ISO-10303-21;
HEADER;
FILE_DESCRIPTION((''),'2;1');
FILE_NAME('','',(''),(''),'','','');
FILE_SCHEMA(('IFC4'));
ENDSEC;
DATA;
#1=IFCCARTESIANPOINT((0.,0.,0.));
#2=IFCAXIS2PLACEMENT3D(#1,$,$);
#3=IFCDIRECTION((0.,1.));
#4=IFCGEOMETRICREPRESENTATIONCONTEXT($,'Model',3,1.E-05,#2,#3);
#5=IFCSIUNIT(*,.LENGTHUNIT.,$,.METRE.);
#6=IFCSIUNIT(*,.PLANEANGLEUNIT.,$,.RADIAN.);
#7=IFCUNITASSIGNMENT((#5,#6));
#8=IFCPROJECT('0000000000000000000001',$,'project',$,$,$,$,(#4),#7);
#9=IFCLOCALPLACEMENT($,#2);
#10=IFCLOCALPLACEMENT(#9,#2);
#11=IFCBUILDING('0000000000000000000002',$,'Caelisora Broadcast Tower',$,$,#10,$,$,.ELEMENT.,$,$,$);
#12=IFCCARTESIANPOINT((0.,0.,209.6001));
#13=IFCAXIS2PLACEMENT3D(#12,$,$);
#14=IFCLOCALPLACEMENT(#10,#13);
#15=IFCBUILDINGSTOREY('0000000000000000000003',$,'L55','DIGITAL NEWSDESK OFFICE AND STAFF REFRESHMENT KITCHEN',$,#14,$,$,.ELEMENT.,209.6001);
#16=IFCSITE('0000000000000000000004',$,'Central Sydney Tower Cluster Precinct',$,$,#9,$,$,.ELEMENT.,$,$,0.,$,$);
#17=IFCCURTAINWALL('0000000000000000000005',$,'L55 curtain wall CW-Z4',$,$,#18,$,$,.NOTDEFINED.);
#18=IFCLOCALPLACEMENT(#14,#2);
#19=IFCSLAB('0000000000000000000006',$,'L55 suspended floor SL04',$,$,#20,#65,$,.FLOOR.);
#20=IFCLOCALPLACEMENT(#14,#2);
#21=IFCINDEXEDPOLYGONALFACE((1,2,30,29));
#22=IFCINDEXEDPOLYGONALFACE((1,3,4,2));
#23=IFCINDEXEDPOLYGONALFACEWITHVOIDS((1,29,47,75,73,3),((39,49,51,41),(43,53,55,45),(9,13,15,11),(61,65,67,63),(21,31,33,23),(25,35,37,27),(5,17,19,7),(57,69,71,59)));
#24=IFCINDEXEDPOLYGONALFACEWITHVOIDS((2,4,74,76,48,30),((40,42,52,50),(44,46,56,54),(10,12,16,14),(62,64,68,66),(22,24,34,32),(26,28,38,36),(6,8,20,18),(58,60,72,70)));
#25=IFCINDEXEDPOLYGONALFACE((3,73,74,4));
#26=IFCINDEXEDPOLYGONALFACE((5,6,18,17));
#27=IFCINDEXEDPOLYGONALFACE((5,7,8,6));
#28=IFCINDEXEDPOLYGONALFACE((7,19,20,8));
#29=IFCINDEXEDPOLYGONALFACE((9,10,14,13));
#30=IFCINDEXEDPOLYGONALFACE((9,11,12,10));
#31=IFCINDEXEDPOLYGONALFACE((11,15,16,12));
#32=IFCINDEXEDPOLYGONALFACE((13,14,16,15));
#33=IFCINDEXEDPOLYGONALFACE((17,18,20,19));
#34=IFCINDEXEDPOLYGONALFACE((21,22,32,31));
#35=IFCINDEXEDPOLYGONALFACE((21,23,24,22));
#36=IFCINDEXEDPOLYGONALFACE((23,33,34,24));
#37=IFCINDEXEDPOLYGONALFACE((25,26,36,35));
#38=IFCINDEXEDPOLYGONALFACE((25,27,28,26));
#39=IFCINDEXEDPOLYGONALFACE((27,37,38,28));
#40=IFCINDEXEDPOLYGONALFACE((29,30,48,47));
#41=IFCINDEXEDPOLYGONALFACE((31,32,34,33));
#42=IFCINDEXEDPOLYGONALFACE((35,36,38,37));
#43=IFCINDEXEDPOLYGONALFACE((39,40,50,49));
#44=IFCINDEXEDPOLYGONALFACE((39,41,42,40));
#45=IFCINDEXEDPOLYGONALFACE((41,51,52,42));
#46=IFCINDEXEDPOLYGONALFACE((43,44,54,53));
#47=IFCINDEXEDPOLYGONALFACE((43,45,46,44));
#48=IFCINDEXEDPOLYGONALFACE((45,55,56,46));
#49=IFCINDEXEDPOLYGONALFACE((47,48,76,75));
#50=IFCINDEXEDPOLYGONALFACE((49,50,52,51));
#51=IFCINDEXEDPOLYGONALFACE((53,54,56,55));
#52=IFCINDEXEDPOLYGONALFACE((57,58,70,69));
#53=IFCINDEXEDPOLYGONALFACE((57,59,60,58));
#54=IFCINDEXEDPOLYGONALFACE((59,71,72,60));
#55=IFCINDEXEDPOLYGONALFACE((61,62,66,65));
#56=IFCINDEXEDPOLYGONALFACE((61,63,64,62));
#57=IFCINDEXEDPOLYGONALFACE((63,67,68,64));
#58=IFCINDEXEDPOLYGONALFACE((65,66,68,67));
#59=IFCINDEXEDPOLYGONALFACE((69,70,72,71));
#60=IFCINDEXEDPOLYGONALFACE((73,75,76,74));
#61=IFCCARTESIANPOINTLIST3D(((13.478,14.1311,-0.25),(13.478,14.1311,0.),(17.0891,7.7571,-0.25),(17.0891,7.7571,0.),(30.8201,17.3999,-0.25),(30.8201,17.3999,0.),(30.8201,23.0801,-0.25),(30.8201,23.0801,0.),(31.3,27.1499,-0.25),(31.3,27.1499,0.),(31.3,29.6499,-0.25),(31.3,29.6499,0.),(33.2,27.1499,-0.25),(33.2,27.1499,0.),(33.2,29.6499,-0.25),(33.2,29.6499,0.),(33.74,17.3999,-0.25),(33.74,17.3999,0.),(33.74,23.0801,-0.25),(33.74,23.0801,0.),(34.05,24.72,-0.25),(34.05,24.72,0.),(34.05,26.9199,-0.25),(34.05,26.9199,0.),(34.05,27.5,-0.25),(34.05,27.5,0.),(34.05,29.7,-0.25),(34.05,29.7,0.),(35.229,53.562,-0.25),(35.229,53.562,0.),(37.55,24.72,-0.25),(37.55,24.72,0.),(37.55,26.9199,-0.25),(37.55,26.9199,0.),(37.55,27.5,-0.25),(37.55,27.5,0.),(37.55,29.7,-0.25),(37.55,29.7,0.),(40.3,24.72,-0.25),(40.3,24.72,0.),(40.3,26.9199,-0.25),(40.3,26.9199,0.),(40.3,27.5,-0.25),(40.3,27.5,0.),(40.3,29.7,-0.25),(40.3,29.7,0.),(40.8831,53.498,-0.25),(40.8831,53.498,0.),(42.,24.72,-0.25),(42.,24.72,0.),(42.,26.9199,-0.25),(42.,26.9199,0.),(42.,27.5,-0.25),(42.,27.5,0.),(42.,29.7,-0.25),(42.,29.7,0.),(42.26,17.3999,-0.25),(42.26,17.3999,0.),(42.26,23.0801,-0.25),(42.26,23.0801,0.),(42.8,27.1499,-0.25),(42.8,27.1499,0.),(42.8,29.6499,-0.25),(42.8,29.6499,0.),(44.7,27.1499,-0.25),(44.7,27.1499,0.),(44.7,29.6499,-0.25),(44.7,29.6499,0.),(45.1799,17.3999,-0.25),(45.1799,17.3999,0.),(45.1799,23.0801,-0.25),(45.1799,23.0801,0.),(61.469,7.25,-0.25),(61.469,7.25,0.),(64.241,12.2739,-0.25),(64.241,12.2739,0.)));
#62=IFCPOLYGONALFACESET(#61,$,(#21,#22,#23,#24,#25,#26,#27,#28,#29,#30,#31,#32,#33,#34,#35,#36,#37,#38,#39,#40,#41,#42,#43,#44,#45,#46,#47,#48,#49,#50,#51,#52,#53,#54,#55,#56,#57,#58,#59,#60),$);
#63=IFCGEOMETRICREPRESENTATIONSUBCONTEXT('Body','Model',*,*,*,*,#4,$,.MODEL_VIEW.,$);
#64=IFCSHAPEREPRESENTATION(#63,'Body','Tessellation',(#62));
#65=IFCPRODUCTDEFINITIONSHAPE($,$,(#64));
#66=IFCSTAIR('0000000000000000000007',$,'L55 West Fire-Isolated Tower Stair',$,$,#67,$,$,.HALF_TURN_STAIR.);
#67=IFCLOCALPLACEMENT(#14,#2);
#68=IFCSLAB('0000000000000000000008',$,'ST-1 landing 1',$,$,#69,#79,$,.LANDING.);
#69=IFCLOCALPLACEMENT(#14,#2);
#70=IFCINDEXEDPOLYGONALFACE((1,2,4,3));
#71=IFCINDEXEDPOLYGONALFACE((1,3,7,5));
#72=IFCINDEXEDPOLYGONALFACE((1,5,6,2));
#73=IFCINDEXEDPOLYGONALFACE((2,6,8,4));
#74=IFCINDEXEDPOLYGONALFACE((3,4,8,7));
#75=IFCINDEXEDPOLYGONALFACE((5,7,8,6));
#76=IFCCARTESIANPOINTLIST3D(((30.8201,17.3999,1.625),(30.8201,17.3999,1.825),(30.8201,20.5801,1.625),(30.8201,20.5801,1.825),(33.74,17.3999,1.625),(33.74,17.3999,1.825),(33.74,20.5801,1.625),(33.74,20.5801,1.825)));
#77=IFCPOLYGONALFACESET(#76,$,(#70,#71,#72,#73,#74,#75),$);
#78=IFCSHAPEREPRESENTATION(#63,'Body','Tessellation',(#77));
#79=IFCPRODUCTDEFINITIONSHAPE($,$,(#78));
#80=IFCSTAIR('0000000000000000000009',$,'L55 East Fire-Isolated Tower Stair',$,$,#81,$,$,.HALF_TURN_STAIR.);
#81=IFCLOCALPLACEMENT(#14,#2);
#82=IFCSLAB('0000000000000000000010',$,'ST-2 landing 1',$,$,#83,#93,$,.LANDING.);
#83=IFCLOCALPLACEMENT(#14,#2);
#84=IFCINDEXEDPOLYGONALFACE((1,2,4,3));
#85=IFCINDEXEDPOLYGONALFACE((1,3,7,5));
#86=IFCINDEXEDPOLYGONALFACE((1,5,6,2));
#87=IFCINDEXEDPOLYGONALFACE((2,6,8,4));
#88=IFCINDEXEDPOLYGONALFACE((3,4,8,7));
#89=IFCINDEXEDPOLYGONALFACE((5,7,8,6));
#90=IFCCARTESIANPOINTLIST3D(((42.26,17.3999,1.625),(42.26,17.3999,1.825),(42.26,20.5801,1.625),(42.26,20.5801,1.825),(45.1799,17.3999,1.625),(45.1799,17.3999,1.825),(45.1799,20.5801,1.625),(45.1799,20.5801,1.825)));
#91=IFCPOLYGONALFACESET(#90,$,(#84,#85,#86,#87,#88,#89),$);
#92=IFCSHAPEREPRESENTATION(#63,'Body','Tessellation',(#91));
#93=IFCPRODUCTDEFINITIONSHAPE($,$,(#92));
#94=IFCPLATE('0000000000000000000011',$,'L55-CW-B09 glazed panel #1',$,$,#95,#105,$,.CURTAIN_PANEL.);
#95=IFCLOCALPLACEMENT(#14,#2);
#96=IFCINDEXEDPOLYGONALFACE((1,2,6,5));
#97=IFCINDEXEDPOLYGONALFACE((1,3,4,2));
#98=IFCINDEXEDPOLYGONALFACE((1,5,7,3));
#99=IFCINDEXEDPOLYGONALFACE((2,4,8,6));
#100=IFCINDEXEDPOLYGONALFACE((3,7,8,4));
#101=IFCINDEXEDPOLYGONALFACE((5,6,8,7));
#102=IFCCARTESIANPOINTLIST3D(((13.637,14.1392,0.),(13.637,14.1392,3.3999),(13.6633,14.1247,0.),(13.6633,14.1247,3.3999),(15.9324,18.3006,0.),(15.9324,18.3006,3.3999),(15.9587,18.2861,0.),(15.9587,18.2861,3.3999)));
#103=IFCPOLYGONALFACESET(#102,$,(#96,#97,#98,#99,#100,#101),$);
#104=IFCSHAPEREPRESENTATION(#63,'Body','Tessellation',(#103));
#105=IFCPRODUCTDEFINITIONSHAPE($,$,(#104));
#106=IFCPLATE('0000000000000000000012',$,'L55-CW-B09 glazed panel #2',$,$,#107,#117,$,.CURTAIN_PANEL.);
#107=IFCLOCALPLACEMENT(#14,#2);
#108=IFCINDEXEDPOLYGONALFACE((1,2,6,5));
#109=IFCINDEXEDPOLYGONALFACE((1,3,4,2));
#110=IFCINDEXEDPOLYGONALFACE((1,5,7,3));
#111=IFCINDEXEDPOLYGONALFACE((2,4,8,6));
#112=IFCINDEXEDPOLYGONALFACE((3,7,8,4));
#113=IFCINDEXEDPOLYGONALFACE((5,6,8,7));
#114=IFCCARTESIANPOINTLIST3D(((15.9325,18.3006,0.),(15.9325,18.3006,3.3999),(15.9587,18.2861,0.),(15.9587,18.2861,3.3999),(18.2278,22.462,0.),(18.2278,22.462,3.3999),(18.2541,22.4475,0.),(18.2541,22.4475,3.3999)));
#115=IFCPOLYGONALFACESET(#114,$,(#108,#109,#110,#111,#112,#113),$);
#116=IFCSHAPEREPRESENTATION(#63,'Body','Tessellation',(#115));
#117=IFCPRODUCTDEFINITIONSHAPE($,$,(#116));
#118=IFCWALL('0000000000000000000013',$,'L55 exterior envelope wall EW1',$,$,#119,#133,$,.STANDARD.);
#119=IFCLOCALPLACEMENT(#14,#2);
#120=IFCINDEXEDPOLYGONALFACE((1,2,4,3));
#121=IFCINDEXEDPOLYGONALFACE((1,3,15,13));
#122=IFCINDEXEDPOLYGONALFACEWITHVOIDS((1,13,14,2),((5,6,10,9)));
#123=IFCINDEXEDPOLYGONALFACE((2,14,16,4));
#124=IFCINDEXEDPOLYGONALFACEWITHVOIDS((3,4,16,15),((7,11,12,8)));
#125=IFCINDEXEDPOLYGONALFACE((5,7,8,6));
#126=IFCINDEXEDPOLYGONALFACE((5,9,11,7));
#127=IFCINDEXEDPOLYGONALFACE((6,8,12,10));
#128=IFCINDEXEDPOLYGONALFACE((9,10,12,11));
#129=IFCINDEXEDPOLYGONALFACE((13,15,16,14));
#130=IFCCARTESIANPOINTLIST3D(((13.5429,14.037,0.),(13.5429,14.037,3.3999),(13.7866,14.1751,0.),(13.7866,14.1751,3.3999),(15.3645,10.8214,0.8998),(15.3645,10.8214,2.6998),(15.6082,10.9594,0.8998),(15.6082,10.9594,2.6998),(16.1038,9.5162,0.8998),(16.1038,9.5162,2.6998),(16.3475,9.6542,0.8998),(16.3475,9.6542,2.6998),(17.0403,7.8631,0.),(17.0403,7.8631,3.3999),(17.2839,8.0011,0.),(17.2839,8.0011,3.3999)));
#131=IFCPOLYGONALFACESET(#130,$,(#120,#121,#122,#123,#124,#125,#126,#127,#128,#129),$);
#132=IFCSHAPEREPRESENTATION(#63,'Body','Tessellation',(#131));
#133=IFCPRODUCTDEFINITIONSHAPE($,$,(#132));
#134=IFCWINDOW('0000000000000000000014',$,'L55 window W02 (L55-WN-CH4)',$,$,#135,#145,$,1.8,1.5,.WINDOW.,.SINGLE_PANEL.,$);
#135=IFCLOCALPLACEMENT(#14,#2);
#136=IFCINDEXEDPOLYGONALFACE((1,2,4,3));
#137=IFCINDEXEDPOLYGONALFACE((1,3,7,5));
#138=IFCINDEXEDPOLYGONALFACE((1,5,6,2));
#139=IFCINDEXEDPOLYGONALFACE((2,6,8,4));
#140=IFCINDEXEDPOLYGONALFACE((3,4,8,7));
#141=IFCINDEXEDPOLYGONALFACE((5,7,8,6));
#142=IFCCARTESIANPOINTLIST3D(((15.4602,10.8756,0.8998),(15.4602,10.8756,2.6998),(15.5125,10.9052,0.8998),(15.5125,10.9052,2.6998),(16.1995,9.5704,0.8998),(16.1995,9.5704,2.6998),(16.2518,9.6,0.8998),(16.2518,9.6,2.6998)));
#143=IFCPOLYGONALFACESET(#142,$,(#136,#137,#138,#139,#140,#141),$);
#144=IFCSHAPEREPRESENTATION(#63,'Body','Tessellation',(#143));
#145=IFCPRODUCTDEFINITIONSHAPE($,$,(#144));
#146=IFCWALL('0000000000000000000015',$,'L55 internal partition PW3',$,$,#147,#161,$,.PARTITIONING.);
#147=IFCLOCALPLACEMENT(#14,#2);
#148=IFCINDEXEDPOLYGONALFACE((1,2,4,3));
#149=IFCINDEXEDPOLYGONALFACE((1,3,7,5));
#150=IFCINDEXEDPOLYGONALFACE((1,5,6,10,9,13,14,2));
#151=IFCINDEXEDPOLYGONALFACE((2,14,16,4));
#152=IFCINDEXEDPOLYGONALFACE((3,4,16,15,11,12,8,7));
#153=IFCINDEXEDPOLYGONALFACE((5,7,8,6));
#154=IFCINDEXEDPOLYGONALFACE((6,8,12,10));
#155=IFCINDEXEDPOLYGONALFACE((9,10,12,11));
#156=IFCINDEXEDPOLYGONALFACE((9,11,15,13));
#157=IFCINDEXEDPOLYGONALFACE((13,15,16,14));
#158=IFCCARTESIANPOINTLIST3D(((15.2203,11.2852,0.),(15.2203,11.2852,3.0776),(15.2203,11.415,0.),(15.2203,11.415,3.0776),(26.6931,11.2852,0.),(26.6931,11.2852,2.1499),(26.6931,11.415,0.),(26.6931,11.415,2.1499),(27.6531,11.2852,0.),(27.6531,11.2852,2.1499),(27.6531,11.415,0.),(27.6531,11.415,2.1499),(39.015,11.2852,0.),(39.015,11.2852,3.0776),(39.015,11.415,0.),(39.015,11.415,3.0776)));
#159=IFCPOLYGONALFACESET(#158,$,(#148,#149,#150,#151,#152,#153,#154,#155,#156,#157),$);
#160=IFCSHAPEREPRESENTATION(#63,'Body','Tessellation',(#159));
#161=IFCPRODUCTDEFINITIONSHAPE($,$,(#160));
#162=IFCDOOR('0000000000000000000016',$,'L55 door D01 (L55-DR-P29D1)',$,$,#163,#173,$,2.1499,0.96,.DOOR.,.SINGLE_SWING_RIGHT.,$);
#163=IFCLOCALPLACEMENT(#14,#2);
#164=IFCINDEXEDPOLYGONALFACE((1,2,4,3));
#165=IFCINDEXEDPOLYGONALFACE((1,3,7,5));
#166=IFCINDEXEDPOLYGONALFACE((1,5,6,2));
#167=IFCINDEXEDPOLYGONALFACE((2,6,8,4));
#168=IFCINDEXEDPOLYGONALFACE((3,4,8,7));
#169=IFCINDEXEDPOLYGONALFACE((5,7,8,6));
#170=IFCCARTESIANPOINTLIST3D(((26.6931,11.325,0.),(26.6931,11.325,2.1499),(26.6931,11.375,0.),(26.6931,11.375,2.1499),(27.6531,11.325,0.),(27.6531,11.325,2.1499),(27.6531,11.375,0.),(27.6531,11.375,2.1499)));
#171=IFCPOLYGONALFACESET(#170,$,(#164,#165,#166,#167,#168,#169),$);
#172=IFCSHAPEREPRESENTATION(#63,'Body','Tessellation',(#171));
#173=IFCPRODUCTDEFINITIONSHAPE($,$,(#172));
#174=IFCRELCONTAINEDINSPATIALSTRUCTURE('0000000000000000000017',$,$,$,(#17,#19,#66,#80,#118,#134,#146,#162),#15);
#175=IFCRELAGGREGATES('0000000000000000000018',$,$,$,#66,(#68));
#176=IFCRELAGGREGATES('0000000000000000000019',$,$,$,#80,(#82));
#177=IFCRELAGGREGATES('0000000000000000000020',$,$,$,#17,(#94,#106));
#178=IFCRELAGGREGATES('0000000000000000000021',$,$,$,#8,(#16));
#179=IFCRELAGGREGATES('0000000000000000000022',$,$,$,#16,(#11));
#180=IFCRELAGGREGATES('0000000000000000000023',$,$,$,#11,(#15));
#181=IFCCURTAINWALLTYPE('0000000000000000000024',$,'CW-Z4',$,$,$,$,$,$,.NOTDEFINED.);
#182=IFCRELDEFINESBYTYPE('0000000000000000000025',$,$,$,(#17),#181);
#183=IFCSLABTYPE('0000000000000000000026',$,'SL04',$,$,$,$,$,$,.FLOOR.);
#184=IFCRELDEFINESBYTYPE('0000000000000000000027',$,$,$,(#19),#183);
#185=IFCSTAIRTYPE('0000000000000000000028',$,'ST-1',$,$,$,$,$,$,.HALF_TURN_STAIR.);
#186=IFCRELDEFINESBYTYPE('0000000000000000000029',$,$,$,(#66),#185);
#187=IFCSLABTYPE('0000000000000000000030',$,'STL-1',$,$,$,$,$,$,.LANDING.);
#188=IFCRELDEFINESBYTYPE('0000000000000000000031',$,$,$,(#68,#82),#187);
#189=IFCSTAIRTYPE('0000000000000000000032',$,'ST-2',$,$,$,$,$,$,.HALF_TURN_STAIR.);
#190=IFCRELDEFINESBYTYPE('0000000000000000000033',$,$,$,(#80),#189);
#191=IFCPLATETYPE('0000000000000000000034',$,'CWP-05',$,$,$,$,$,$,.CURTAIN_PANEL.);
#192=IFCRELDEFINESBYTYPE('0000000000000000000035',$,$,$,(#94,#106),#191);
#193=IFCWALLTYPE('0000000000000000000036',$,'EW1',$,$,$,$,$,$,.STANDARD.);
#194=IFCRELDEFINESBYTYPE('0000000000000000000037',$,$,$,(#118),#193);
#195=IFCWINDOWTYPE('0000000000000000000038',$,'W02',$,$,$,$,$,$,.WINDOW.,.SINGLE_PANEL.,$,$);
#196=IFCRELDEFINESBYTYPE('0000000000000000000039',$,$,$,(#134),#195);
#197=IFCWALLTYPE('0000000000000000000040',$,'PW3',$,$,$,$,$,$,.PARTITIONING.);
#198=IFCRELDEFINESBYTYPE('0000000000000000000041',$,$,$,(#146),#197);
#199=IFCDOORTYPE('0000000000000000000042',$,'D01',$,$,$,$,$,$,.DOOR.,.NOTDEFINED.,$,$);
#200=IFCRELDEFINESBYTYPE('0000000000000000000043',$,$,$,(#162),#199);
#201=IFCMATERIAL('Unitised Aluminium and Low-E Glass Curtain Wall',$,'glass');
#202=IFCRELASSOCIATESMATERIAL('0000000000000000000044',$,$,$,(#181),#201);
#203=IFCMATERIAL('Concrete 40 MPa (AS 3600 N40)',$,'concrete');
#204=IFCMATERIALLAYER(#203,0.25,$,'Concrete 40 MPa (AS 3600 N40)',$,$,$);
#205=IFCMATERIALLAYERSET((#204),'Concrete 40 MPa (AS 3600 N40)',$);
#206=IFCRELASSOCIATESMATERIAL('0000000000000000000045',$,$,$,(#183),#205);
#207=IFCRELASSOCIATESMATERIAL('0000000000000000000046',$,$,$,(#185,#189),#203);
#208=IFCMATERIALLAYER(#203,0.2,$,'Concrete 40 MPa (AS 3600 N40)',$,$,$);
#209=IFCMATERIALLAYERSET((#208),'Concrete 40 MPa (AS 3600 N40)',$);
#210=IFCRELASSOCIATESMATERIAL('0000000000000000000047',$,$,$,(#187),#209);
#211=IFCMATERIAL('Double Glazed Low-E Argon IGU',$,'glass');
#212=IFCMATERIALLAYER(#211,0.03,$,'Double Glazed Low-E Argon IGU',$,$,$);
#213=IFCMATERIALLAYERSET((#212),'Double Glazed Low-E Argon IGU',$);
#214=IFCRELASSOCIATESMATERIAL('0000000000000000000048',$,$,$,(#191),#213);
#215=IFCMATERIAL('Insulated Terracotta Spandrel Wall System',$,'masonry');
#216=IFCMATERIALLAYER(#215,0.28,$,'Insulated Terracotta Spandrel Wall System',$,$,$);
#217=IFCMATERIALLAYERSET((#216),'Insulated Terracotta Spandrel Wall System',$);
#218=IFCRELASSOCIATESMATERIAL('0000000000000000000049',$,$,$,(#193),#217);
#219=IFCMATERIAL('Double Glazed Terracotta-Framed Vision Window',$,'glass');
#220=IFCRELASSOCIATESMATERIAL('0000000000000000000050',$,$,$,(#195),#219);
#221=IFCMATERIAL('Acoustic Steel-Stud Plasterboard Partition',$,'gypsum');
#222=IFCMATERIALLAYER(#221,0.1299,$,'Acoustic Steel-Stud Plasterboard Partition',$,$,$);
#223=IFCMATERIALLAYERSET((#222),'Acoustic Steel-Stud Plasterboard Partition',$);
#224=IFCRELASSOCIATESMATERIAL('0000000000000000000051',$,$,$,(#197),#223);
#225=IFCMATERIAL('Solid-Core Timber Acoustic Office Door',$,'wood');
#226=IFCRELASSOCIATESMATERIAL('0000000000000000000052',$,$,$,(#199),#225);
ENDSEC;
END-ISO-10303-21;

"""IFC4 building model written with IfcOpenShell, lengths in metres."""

from ifc_helpers import new_model, si_unit, direction, frame, frame_2d, origin, origin_2d, place, context, subcontext, project, spatial, polyline, rectangle, outline, extrude, source, transform, mapped, material, layer, layer_set, type_object, type_shapes, element, fill, aggregate, save


model = new_model("IFC4")

# Units and contexts
model_context = context("Model", 3, precision=1e-05, world=origin(), true_north=direction((0.0, 1.0)))
body_context = subcontext(model_context, "Body", "Model", "MODEL_VIEW")
ifc_project = project(units=[si_unit("LENGTHUNIT", "METRE"), si_unit("PLANEANGLEUNIT", "RADIAN")], contexts=[model_context])

# Site, building, storey
site_placement = place(None, origin())
site = spatial("IfcSite", under=ifc_project, at=site_placement, Name="Central Sydney Tower Cluster Precinct", CompositionType="ELEMENT", RefElevation=0.0)
building_placement = place(site_placement, origin())
building = spatial("IfcBuilding", under=site, at=building_placement, Name="Caelisora Broadcast Tower", CompositionType="ELEMENT")
storey_placement = place(building_placement, frame((0.0, 0.0, 209.6001)))
storey = spatial("IfcBuildingStorey", under=building, at=storey_placement, Name="L55", Description="DIGITAL NEWSDESK OFFICE AND STAFF REFRESHMENT KITCHEN", CompositionType="ELEMENT", Elevation=209.6001)

# Shared definitions
ifc_material_1 = material(Name="Unitised Aluminium and Low-E Glass Curtain Wall", Category="glass")
curtain_wall_type = type_object("IfcCurtainWallType", Name="CW-Z4", PredefinedType="NOTDEFINED", material=ifc_material_1)

# Curtain wall
curtain_wall_1_placement = place(storey_placement, origin())
curtain_wall_1 = element("IfcCurtainWall", 1, at=curtain_wall_1_placement, inside=storey, type_object=curtain_wall_type, Name="L55 curtain wall CW-Z4", PredefinedType="NOTDEFINED")

# Slab
ifc_material_2 = material(Name="Concrete 40 MPa (AS 3600 N40)", Category="concrete")
ifc_layer_1 = layer(ifc_material_2, 0.25, Name="Concrete 40 MPa (AS 3600 N40)")
ifc_layer_set_1 = layer_set([ifc_layer_1], Name="Concrete 40 MPa (AS 3600 N40)")
slab_type_1 = type_object("IfcSlabType", Name="SL04", PredefinedType="FLOOR", material=ifc_layer_set_1)
slab_1_placement = place(storey_placement, frame((0.0, 0.0, -0.25)))
element("IfcSlab", 2, at=slab_1_placement, inside=storey, type_object=slab_type_1, Name="L55 suspended floor SL04", PredefinedType="FLOOR", context=body_context, shape_type="SweptSolid", body=[
    extrude(outline(polyline([(40.8831, 53.498), (35.229, 53.562), (13.478, 14.1311), (17.0891, 7.7571), (61.469, 7.25), (64.241, 12.2739), (40.8831, 53.498)]), holes=[polyline([(30.8201, 17.3999), (33.74, 17.3999), (33.74, 23.0801), (30.8201, 23.0801), (30.8201, 17.3999)]), polyline([(42.26, 17.3999), (45.1799, 17.3999), (45.1799, 23.0801), (42.26, 23.0801), (42.26, 17.3999)]), polyline([(42.8, 27.1499), (44.7, 27.1499), (44.7, 29.6499), (42.8, 29.6499), (42.8, 27.1499)]), polyline([(40.3, 24.72), (42.0, 24.72), (42.0, 26.9199), (40.3, 26.9199), (40.3, 24.72)]), polyline([(40.3, 27.5), (42.0, 27.5), (42.0, 29.7), (40.3, 29.7), (40.3, 27.5)]), polyline([(34.05, 24.72), (37.55, 24.72), (37.55, 26.9199), (34.05, 26.9199), (34.05, 24.72)]), polyline([(34.05, 27.5), (37.55, 27.5), (37.55, 29.7), (34.05, 29.7), (34.05, 27.5)]), polyline([(31.3, 27.1499), (33.2, 27.1499), (33.2, 29.6499), (31.3, 29.6499), (31.3, 27.1499)])]), origin(), (0.0, 0.0, 1.0), 0.25),
])

# Stairs, slabs
stair_type_1 = type_object("IfcStairType", Name="ST-1", PredefinedType="HALF_TURN_STAIR", material=ifc_material_2)
stair_1_placement = place(storey_placement, origin())
stair_1 = element("IfcStair", 3, at=stair_1_placement, inside=storey, type_object=stair_type_1, Name="L55 West Fire-Isolated Tower Stair", PredefinedType="HALF_TURN_STAIR")
ifc_layer_2 = layer(ifc_material_2, 0.2, Name="Concrete 40 MPa (AS 3600 N40)")
ifc_layer_set_2 = layer_set([ifc_layer_2], Name="Concrete 40 MPa (AS 3600 N40)")
slab_type_2 = type_object("IfcSlabType", Name="STL-1", PredefinedType="LANDING", material=ifc_layer_set_2)
slab_2_placement = place(storey_placement, frame((0.0, 0.0, 1.625)))
slab_2 = element("IfcSlab", 4, at=slab_2_placement, type_object=slab_type_2, Name="ST-1 landing 1", PredefinedType="LANDING", context=body_context, shape_type="SweptSolid", body=[
    extrude(outline(polyline([(30.8201, 20.5801), (30.8201, 17.3999), (33.74, 17.3999), (33.74, 20.5801), (30.8201, 20.5801)])), origin(), (0.0, 0.0, 1.0), 0.2),
])
aggregate(stair_1, [slab_2])
stair_type_2 = type_object("IfcStairType", Name="ST-2", PredefinedType="HALF_TURN_STAIR", material=ifc_material_2)
stair_2_placement = place(storey_placement, origin())
stair_2 = element("IfcStair", 5, at=stair_2_placement, inside=storey, type_object=stair_type_2, Name="L55 East Fire-Isolated Tower Stair", PredefinedType="HALF_TURN_STAIR")
slab_3_placement = place(storey_placement, frame((0.0, 0.0, 1.625)))
slab_3 = element("IfcSlab", 6, at=slab_3_placement, type_object=slab_type_2, Name="ST-2 landing 1", PredefinedType="LANDING", context=body_context, shape_type="SweptSolid", body=[
    extrude(outline(polyline([(42.26, 20.5801), (42.26, 17.3999), (45.1799, 17.3999), (45.1799, 20.5801), (42.26, 20.5801)])), origin(), (0.0, 0.0, 1.0), 0.2),
])
aggregate(stair_2, [slab_3])

# Plates
ifc_material_3 = material(Name="Double Glazed Low-E Argon IGU", Category="glass")
ifc_layer_3 = layer(ifc_material_3, 0.03, Name="Double Glazed Low-E Argon IGU")
ifc_layer_set_3 = layer_set([ifc_layer_3], Name="Double Glazed Low-E Argon IGU")
plate_type = type_object("IfcPlateType", Name="CWP-05", PredefinedType="CURTAIN_PANEL", material=ifc_layer_set_3)
shared_shape_1 = source(origin(), body_context, "Body", "SweptSolid", [
    extrude(rectangle(XDim=4.7524, YDim=0.03, at=origin_2d()), origin(), (0.0, 0.0, 1.0), 3.3999),
])
type_shapes(plate_type, [shared_shape_1])
plate_1_placement = place(storey_placement, frame((14.7979, 16.2126, 0.0), z_axis=(0.0, 0.0, 1.0), x_axis=(0.482977, 0.875633, 0.0)))
plate_1 = element("IfcPlate", 7, at=plate_1_placement, type_object=plate_type, Name="L55-CW-B09 glazed panel #1", PredefinedType="CURTAIN_PANEL", context=body_context, shape_type="MappedRepresentation", body=[
    mapped(shared_shape_1, transform((0.0, 0.0, 0.0), scale=1.0)),
])
plate_2_placement = place(storey_placement, frame((17.0933, 20.374, 0.0), z_axis=(0.0, 0.0, 1.0), x_axis=(0.482977, 0.875633, 0.0)))
plate_2 = element("IfcPlate", 8, at=plate_2_placement, type_object=plate_type, Name="L55-CW-B09 glazed panel #2", PredefinedType="CURTAIN_PANEL", context=body_context, shape_type="MappedRepresentation", body=[
    mapped(shared_shape_1, transform((0.0, 0.0, 0.0), scale=1.0)),
])
aggregate(curtain_wall_1, [plate_1, plate_2])

# Wall, opening, window
ifc_material_4 = material(Name="Insulated Terracotta Spandrel Wall System", Category="masonry")
ifc_layer_4 = layer(ifc_material_4, 0.28, Name="Insulated Terracotta Spandrel Wall System")
ifc_layer_set_4 = layer_set([ifc_layer_4], Name="Insulated Terracotta Spandrel Wall System")
wall_type_1 = type_object("IfcWallType", Name="EW1", PredefinedType="STANDARD", material=ifc_layer_set_4)
wall_1_placement = place(storey_placement, frame((17.1621, 7.9321, 0.0), z_axis=(0.0, 0.0, 1.0), x_axis=(-0.492886, 0.870094, 0.0)))
wall_1 = element("IfcWall", 9, at=wall_1_placement, inside=storey, type_object=wall_type_1, Name="L55 exterior envelope wall EW1", PredefinedType="STANDARD", context=body_context, shape_type="SweptSolid", body=[
    extrude(rectangle(XDim=7.0957, YDim=0.28, at=frame_2d((3.5479, 0.0))), origin(), (0.0, 0.0, 1.0), 3.3999),
])
opening_1_placement = place(wall_1_placement, frame((1.8999, 0.0, 0.8999)))
opening_1 = element("IfcOpeningElement", 10, at=opening_1_placement, cuts=wall_1, PredefinedType="OPENING", context=body_context, shape_type="SweptSolid", body=[
    extrude(rectangle(XDim=1.5, YDim=1.8, at=frame_2d((0.75, 0.8999))), frame((0.0, 0.1521, 0.0), z_axis=(0.0, -1.0, 0.0), x_axis=(1.0, 0.0, 0.0)), (0.0, 0.0, 1.0), 0.304),
])
ifc_material_5 = material(Name="Double Glazed Terracotta-Framed Vision Window", Category="glass")
window_type = type_object("IfcWindowType", Name="W02", PartitioningType="SINGLE_PANEL", PredefinedType="WINDOW", material=ifc_material_5)
window_placement = place(opening_1_placement, origin())
window = element("IfcWindow", 11, at=window_placement, inside=storey, type_object=window_type, Name="L55 window W02 (L55-WN-CH4)", OverallHeight=1.8, OverallWidth=1.5, PartitioningType="SINGLE_PANEL", PredefinedType="WINDOW", context=body_context, shape_type="SweptSolid", body=[
    extrude(rectangle(XDim=1.5, YDim=1.8, at=frame_2d((0.75, 0.8999))), frame((0.0, 0.03, 0.0), z_axis=(0.0, -1.0, 0.0), x_axis=(1.0, 0.0, 0.0)), (0.0, 0.0, 1.0), 0.0601),
])
fill(opening_1, window)

# Wall, opening, door
ifc_material_6 = material(Name="Acoustic Steel-Stud Plasterboard Partition", Category="gypsum")
ifc_layer_5 = layer(ifc_material_6, 0.1299, Name="Acoustic Steel-Stud Plasterboard Partition")
ifc_layer_set_5 = layer_set([ifc_layer_5], Name="Acoustic Steel-Stud Plasterboard Partition")
wall_type_2 = type_object("IfcWallType", Name="PW3", PredefinedType="PARTITIONING", material=ifc_layer_set_5)
wall_2_placement = place(storey_placement, frame((15.2202, 11.3501, 0.0), z_axis=(0.0, 0.0, 1.0), x_axis=(1.0, 0.0, 0.0)))
wall_2 = element("IfcWall", 12, at=wall_2_placement, inside=storey, type_object=wall_type_2, Name="L55 internal partition PW3", PredefinedType="PARTITIONING", context=body_context, shape_type="SweptSolid", body=[
    extrude(rectangle(XDim=23.7947, YDim=0.1299, at=frame_2d((11.8975, 0.0))), origin(), (0.0, 0.0, 1.0), 3.0776),
])
opening_2_placement = place(wall_2_placement, frame((11.4729, 0.0, 0.0)))
opening_2 = element("IfcOpeningElement", 13, at=opening_2_placement, cuts=wall_2, PredefinedType="OPENING", context=body_context, shape_type="SweptSolid", body=[
    extrude(rectangle(XDim=0.96, YDim=2.1499, at=frame_2d((0.48, 1.075))), frame((0.0, 0.0769, 0.0), z_axis=(0.0, -1.0, 0.0), x_axis=(1.0, 0.0, 0.0)), (0.0, 0.0, 1.0), 0.1538),
])
ifc_material_7 = material(Name="Solid-Core Timber Acoustic Office Door", Category="wood")
door_type = type_object("IfcDoorType", Name="D01", OperationType="NOTDEFINED", PredefinedType="DOOR", material=ifc_material_7)
door_placement = place(opening_2_placement, origin())
door = element("IfcDoor", 14, at=door_placement, inside=storey, type_object=door_type, Name="L55 door D01 (L55-DR-P29D1)", OperationType="SINGLE_SWING_RIGHT", OverallHeight=2.1499, OverallWidth=0.96, PredefinedType="DOOR", context=body_context, shape_type="SweptSolid", body=[
    extrude(rectangle(XDim=0.96, YDim=2.1499, at=frame_2d((0.48, 1.075))), frame((0.0, 0.0249, 0.0), z_axis=(0.0, -1.0, 0.0), x_axis=(1.0, 0.0, 0.0)), (0.0, 0.0, 1.0), 0.05),
])
fill(opening_2, door)

save(model, "model.ifc")
